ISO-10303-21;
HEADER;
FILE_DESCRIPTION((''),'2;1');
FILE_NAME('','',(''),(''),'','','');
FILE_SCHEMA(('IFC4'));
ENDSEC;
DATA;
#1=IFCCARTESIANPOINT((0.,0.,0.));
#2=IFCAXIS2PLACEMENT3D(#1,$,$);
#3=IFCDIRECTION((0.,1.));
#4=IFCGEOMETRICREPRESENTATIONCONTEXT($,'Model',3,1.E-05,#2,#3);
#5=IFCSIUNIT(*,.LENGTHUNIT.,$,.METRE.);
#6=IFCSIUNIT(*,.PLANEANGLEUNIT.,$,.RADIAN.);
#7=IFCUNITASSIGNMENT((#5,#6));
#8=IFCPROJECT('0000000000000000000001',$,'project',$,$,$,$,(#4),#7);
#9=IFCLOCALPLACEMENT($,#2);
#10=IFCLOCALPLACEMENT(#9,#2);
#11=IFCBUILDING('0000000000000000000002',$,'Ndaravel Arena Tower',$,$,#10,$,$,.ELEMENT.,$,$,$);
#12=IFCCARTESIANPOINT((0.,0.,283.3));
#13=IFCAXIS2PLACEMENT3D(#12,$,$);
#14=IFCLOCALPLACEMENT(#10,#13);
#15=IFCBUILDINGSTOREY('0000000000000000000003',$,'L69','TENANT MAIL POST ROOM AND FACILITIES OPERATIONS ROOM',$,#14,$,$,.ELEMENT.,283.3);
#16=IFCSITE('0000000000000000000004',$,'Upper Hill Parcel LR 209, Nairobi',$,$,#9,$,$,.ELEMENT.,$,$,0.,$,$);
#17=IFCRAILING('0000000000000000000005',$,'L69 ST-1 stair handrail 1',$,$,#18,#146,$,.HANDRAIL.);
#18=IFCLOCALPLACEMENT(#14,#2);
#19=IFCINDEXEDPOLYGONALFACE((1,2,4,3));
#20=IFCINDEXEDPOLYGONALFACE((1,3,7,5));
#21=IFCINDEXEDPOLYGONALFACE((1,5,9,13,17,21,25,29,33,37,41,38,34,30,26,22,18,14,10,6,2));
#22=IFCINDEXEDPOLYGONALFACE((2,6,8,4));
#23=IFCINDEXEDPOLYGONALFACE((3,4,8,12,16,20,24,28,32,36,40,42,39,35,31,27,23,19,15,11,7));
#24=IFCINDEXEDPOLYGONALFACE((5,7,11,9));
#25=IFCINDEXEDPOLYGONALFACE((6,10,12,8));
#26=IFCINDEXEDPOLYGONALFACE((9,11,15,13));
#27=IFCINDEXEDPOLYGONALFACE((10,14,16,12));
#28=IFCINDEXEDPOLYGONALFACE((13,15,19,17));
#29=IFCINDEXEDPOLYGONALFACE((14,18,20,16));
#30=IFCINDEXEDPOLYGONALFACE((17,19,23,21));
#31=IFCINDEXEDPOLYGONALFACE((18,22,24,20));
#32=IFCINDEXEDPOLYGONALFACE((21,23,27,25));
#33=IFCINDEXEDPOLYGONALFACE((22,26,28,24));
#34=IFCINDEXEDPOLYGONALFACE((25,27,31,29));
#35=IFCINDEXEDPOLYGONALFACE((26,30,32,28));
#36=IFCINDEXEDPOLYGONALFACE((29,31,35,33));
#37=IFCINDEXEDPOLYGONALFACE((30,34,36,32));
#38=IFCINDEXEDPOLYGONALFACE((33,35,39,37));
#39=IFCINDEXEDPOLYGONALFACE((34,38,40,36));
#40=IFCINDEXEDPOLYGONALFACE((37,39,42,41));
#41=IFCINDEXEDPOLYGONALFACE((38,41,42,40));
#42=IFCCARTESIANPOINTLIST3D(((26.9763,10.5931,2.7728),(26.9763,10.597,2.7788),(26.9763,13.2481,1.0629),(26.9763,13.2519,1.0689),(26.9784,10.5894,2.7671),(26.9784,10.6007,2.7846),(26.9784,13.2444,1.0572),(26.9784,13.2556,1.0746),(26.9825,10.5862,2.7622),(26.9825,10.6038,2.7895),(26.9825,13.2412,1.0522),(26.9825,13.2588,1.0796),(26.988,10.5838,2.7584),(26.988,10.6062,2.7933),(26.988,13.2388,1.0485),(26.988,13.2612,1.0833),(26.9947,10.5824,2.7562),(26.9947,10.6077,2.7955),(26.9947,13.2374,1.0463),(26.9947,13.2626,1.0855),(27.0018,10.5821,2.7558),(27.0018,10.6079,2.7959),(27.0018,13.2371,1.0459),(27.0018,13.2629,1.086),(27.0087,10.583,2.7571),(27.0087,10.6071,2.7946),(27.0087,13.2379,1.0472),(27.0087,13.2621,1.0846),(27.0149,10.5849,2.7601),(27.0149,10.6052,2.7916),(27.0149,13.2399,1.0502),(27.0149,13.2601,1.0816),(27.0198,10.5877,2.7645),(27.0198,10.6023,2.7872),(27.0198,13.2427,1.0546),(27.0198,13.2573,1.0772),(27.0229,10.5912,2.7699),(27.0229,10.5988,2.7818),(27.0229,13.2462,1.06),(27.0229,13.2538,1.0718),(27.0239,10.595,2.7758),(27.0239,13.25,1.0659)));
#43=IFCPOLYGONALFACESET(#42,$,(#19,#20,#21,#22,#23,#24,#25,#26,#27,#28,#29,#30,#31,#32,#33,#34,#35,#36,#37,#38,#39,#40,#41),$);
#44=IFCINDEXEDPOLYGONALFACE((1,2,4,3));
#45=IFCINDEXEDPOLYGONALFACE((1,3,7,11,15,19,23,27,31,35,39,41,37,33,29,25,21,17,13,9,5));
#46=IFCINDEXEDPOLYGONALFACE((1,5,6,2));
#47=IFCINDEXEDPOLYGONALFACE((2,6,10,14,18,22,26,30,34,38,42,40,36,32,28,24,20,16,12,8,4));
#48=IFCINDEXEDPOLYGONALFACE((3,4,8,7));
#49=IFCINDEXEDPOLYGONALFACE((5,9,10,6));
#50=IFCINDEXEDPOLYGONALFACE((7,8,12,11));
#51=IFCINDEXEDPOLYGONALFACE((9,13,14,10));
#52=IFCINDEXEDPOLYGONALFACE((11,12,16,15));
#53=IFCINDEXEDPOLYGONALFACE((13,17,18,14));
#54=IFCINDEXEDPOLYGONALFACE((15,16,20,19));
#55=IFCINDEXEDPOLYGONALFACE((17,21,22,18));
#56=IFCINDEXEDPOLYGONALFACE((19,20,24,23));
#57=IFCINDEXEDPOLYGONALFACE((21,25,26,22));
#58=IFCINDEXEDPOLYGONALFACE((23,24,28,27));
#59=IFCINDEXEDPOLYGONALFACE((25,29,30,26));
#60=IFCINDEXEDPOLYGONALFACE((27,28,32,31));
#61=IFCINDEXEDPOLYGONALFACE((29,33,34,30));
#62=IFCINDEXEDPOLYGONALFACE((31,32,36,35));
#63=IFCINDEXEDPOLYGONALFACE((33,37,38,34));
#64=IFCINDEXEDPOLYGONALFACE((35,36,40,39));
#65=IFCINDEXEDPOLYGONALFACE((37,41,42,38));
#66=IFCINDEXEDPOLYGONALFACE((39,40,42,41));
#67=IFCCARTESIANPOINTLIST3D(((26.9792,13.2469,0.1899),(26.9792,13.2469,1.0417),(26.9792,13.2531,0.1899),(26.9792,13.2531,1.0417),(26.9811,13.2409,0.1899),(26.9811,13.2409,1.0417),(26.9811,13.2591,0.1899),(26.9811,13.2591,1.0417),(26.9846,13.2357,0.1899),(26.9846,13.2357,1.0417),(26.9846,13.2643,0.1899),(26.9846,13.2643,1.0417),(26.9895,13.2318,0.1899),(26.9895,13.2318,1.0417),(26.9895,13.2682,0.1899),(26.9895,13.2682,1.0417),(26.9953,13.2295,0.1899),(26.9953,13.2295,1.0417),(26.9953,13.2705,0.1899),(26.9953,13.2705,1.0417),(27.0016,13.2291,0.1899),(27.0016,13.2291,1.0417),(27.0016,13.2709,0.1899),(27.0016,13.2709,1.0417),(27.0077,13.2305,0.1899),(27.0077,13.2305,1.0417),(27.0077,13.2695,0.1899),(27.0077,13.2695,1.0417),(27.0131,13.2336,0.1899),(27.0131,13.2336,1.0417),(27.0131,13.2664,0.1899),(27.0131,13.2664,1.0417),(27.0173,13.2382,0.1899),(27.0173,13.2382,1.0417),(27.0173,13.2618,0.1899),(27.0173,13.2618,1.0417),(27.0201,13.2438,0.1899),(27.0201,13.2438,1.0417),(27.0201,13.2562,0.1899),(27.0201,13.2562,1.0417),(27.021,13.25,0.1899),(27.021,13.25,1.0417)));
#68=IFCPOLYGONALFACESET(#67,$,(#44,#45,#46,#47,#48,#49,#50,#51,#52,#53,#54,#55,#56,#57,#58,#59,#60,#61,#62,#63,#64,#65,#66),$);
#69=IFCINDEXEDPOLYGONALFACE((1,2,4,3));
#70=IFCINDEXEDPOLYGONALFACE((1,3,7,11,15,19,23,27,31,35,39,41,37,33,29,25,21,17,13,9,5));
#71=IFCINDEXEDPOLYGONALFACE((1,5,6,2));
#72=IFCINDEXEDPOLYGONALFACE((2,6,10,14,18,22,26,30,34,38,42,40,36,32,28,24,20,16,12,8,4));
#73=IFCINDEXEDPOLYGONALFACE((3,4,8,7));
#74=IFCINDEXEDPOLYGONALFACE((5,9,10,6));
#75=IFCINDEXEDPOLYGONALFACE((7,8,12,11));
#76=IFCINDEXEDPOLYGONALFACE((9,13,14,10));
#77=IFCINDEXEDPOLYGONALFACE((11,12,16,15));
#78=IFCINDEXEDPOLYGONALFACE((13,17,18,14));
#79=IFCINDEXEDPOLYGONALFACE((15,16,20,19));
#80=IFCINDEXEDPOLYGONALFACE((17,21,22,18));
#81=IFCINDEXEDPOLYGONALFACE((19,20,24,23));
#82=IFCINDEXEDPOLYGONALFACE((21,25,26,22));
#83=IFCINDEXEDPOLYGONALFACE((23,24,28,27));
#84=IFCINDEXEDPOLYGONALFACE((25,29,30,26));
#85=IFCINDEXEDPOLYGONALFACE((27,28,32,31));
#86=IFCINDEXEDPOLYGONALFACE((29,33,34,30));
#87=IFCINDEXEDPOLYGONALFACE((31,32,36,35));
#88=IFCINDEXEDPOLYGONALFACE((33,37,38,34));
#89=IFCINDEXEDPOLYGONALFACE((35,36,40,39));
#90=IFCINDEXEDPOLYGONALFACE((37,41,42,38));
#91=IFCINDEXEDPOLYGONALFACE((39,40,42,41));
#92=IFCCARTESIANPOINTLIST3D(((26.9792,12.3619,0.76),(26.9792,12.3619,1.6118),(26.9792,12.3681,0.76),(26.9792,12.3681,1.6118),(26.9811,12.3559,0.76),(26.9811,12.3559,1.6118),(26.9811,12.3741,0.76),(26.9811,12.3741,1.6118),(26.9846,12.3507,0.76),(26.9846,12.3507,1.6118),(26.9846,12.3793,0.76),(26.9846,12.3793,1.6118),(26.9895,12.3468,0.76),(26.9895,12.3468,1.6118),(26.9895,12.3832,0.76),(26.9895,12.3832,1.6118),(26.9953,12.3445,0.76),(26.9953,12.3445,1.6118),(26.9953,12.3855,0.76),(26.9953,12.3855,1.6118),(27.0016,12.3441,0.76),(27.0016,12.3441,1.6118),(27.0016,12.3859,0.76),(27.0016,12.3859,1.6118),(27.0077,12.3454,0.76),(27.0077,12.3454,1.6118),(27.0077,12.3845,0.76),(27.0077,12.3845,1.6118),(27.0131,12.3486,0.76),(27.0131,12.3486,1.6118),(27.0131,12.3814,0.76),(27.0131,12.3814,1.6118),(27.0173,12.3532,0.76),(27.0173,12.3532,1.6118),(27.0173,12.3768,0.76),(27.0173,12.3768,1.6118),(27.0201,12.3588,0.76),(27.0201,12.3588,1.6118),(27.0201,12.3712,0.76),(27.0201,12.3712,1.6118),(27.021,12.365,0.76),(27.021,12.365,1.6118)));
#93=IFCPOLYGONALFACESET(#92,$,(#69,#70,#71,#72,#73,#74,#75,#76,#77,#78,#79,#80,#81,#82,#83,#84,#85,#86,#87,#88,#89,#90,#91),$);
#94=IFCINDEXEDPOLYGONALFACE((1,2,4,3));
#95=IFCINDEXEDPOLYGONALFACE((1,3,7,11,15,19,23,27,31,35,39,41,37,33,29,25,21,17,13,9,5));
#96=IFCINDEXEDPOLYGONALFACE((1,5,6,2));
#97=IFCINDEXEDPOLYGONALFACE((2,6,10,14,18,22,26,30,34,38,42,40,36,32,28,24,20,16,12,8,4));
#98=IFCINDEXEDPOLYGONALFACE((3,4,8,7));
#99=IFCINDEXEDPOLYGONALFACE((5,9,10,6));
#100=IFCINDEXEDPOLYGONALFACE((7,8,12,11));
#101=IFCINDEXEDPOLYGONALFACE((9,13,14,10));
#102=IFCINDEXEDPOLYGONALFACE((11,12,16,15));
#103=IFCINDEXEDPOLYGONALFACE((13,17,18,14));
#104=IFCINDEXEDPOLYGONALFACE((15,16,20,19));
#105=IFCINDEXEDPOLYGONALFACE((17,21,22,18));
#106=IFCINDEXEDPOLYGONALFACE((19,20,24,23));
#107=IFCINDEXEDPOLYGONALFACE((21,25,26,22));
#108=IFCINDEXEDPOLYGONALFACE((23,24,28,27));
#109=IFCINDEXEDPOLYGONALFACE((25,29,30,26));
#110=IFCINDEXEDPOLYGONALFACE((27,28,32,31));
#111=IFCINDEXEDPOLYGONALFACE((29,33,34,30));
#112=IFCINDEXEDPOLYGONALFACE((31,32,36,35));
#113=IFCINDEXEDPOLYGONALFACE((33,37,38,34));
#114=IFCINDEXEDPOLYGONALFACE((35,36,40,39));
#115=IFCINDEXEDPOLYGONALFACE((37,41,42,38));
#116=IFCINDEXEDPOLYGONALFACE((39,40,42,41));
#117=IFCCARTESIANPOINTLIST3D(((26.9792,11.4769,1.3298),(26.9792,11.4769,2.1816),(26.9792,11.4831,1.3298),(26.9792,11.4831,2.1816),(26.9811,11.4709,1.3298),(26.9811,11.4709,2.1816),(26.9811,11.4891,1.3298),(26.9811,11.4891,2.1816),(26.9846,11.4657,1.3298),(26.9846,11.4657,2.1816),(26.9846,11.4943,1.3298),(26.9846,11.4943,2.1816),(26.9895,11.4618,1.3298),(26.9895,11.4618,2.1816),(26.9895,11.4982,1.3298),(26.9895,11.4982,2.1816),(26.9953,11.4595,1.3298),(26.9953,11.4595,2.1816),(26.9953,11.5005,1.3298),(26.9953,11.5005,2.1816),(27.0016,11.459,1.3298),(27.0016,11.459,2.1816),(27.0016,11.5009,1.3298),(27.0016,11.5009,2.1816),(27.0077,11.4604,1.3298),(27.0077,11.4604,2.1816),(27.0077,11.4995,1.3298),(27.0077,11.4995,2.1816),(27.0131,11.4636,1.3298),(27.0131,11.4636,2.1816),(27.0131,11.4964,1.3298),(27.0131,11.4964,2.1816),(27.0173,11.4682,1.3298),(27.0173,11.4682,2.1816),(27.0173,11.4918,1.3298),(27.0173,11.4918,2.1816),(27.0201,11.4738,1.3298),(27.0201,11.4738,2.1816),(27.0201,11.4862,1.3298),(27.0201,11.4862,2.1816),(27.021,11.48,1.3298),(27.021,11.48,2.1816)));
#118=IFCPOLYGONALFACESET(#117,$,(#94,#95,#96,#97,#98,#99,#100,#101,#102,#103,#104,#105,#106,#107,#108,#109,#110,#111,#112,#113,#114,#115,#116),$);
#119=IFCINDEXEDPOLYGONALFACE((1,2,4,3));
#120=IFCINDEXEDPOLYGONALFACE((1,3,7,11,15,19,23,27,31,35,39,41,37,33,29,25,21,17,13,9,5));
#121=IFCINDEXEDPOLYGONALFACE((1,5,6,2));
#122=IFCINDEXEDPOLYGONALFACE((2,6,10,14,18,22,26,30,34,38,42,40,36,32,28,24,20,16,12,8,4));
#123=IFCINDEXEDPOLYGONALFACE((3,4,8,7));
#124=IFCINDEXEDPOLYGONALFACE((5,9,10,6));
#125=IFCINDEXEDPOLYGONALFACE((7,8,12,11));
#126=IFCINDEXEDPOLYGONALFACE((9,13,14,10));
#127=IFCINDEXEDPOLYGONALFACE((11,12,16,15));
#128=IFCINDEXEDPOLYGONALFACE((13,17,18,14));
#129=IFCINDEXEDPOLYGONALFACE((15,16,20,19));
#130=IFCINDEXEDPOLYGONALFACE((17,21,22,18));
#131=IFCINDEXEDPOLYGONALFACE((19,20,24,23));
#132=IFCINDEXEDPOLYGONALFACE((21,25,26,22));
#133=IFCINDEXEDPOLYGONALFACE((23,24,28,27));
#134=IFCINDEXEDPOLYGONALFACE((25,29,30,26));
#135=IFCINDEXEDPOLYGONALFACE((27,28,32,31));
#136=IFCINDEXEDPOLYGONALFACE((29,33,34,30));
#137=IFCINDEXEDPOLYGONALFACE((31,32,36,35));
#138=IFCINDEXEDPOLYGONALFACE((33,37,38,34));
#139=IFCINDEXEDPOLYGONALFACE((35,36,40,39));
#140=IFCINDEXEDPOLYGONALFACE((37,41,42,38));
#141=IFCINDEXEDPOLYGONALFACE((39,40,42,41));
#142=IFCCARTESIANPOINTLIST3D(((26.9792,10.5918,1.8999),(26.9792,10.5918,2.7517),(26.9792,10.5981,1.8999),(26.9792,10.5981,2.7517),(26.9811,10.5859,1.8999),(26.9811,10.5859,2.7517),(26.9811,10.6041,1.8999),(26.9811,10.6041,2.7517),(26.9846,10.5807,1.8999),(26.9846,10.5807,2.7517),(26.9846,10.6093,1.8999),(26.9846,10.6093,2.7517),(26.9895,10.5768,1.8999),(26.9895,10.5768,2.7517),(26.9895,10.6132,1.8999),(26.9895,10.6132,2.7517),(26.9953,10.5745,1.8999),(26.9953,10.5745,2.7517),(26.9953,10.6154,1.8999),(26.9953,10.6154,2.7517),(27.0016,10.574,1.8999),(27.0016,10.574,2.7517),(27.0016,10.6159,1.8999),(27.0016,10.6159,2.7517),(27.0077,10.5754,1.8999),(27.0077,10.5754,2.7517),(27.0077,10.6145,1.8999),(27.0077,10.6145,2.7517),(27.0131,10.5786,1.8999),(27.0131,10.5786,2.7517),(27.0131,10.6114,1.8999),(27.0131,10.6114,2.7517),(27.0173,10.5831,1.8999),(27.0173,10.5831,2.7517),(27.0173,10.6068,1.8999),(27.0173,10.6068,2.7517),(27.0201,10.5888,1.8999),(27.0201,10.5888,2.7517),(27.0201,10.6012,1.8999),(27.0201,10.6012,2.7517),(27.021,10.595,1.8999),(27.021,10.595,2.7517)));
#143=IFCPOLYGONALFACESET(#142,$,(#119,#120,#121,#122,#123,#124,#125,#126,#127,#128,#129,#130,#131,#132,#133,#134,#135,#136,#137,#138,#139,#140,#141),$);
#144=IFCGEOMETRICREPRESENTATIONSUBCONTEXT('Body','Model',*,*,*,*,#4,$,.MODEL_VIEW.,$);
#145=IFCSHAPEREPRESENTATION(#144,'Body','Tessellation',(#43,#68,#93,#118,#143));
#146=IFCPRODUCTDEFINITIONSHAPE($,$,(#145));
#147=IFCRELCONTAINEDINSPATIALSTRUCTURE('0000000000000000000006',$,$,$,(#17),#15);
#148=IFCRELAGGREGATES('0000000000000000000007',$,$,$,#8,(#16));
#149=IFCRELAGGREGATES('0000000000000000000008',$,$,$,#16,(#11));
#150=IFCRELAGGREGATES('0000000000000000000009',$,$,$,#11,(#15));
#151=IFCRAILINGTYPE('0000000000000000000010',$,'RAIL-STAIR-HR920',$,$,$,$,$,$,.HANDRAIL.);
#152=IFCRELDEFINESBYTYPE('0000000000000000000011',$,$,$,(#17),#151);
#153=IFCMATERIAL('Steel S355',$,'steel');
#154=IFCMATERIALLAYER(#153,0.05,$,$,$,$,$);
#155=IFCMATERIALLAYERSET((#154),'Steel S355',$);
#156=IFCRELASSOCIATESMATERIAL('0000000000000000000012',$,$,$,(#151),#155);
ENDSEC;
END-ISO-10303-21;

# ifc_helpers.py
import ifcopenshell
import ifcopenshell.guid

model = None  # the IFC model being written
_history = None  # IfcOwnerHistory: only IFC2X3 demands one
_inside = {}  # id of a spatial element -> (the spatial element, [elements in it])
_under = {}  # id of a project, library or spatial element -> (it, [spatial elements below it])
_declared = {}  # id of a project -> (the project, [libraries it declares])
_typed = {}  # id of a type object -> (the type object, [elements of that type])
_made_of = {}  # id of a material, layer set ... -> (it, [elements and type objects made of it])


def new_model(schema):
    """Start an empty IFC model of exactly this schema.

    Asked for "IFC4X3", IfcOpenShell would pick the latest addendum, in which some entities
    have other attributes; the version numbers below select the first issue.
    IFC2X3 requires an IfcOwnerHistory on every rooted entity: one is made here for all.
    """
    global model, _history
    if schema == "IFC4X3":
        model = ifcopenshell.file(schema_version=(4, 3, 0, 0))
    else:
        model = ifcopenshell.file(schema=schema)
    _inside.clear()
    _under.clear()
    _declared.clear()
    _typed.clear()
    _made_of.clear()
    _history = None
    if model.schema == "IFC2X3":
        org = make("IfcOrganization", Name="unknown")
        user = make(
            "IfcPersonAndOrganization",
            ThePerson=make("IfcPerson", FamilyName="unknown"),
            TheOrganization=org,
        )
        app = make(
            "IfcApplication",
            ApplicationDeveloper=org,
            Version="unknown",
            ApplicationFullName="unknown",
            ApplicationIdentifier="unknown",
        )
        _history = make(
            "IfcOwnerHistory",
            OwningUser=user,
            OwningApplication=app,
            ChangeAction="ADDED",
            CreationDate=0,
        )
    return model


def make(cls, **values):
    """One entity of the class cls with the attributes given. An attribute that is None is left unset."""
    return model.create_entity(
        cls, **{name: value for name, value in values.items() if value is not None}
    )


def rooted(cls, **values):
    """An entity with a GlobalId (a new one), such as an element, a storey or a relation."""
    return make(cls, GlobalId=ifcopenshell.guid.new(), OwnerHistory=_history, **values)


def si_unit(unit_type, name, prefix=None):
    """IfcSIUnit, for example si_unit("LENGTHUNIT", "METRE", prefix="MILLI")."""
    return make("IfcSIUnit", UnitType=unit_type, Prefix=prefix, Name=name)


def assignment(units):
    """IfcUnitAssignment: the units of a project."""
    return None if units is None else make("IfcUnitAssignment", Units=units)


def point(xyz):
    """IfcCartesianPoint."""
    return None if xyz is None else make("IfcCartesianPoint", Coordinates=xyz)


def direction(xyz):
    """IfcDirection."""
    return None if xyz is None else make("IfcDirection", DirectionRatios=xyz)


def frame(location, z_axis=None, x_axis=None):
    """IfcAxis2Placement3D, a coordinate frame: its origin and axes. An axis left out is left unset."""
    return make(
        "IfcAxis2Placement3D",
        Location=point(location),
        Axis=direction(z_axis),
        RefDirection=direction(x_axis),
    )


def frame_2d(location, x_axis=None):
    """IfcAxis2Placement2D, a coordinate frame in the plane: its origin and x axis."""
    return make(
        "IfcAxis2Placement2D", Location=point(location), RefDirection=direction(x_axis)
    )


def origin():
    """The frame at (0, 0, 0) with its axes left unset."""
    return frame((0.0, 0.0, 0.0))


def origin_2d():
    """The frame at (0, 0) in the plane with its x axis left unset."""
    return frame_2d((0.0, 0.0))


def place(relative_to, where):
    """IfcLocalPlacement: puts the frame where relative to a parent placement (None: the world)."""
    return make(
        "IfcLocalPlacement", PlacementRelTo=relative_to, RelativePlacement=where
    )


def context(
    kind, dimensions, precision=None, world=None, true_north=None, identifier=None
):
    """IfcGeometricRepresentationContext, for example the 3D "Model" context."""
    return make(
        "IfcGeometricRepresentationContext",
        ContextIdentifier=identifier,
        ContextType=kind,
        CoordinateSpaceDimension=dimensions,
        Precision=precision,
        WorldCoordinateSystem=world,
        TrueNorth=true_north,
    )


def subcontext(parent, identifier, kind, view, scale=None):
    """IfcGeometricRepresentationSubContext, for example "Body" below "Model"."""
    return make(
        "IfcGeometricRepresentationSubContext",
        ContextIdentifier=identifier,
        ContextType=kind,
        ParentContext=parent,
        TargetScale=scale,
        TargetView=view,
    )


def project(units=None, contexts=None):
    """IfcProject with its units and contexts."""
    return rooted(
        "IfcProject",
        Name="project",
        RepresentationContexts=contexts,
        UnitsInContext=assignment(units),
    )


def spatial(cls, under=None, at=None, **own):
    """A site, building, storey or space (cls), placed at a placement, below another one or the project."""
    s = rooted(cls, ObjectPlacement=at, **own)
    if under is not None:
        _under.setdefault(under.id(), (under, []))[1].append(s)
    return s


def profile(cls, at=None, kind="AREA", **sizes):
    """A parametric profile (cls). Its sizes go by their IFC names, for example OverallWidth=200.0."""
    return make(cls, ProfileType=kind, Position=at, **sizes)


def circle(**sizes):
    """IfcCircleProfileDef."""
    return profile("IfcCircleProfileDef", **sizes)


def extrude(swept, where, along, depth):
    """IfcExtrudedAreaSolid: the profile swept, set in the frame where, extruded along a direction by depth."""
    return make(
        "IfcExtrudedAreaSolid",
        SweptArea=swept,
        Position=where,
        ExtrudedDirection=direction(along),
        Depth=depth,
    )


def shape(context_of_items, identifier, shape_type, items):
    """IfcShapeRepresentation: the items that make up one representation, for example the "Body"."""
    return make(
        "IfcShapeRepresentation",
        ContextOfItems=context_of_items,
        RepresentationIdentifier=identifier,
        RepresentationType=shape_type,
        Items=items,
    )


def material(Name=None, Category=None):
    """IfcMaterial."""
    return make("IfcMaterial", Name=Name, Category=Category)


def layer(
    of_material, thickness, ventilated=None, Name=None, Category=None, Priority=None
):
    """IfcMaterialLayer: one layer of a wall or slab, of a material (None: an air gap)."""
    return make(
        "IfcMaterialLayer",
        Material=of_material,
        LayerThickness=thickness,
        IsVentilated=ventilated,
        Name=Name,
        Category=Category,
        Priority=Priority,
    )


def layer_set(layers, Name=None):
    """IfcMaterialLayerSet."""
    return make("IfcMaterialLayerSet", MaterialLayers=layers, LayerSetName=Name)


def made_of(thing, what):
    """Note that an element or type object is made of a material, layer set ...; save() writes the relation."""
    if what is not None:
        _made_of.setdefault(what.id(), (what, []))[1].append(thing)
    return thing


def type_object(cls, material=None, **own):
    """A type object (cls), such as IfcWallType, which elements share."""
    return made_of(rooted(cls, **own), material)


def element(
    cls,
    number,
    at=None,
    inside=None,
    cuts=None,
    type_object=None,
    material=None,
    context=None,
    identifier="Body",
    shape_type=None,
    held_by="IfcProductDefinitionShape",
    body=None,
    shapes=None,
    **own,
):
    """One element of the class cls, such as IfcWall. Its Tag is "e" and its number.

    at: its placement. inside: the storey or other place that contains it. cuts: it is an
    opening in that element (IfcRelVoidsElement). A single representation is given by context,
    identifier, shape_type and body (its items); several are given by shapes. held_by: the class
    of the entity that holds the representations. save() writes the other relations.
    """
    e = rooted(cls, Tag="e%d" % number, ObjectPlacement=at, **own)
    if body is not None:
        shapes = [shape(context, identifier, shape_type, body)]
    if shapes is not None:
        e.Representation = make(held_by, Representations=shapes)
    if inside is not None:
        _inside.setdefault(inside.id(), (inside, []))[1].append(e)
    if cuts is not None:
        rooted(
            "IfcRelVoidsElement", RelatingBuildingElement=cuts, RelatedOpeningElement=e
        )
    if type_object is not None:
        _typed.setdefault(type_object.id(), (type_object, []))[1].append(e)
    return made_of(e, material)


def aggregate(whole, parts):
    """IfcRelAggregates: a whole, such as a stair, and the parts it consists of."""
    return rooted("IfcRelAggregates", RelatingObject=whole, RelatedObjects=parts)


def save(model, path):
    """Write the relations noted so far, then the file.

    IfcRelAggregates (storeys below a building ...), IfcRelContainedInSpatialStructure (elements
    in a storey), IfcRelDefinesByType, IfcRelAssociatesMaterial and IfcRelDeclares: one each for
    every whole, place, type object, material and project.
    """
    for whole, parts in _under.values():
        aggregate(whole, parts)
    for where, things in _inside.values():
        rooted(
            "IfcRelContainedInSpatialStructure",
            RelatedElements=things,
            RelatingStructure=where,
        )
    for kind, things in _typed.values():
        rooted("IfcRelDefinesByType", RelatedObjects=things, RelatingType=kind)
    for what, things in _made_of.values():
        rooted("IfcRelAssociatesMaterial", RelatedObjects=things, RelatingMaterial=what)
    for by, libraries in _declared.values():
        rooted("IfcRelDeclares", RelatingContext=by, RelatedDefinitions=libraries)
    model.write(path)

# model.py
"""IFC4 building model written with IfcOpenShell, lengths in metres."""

from ifc_helpers import new_model, si_unit, direction, frame, origin, origin_2d, place, context, subcontext, project, spatial, circle, extrude, material, layer, layer_set, type_object, element, save


model = new_model("IFC4")

# Units and contexts
model_context = context("Model", 3, precision=1e-05, world=origin(), true_north=direction((0.0, 1.0)))
body_context = subcontext(model_context, "Body", "Model", "MODEL_VIEW")
ifc_project = project(units=[si_unit("LENGTHUNIT", "METRE"), si_unit("PLANEANGLEUNIT", "RADIAN")], contexts=[model_context])

# Site, building, storey
site_placement = place(None, origin())
site = spatial("IfcSite", under=ifc_project, at=site_placement, Name="Upper Hill Parcel LR 209, Nairobi", CompositionType="ELEMENT", RefElevation=0.0)
building_placement = place(site_placement, origin())
building = spatial("IfcBuilding", under=site, at=building_placement, Name="Ndaravel Arena Tower", CompositionType="ELEMENT")
storey_placement = place(building_placement, frame((0.0, 0.0, 283.3)))
storey = spatial("IfcBuildingStorey", under=building, at=storey_placement, Name="L69", Description="TENANT MAIL POST ROOM AND FACILITIES OPERATIONS ROOM", CompositionType="ELEMENT", Elevation=283.3)

# Railing
ifc_material_1 = material(Name="Steel S355", Category="steel")
ifc_layer_1 = layer(ifc_material_1, 0.05)
ifc_layer_set_1 = layer_set([ifc_layer_1], Name="Steel S355")
railing_type_1 = type_object("IfcRailingType", Name="RAIL-STAIR-HR920", PredefinedType="HANDRAIL", material=ifc_layer_set_1)
railing_1_placement = place(storey_placement, frame((27.0, 13.25, 0.1899)))
element("IfcRailing", 1, at=railing_1_placement, inside=storey, type_object=railing_type_1, Name="L69 ST-1 stair handrail 1", PredefinedType="HANDRAIL", context=body_context, shape_type="SweptSolid", body=[
    extrude(circle(Radius=0.0239, at=origin_2d()), frame((0.0, 0.0, 0.876), z_axis=(0.0, -0.840724, 0.541465), x_axis=(1.0, 0.0, 0.0)), (0.0, 0.0, 1.0), 3.158),
    extrude(circle(Radius=0.021, at=origin_2d()), origin(), (0.0, 0.0, 1.0), 0.8518),
    extrude(circle(Radius=0.021, at=origin_2d()), frame((0.0, -0.885, 0.5701)), (0.0, 0.0, 1.0), 0.8518),
    extrude(circle(Radius=0.021, at=origin_2d()), frame((0.0, -1.77, 1.1399)), (0.0, 0.0, 1.0), 0.8518),
    extrude(circle(Radius=0.021, at=origin_2d()), frame((0.0, -2.655, 1.71)), (0.0, 0.0, 1.0), 0.8518),
])

save(model, "model.ifc")
